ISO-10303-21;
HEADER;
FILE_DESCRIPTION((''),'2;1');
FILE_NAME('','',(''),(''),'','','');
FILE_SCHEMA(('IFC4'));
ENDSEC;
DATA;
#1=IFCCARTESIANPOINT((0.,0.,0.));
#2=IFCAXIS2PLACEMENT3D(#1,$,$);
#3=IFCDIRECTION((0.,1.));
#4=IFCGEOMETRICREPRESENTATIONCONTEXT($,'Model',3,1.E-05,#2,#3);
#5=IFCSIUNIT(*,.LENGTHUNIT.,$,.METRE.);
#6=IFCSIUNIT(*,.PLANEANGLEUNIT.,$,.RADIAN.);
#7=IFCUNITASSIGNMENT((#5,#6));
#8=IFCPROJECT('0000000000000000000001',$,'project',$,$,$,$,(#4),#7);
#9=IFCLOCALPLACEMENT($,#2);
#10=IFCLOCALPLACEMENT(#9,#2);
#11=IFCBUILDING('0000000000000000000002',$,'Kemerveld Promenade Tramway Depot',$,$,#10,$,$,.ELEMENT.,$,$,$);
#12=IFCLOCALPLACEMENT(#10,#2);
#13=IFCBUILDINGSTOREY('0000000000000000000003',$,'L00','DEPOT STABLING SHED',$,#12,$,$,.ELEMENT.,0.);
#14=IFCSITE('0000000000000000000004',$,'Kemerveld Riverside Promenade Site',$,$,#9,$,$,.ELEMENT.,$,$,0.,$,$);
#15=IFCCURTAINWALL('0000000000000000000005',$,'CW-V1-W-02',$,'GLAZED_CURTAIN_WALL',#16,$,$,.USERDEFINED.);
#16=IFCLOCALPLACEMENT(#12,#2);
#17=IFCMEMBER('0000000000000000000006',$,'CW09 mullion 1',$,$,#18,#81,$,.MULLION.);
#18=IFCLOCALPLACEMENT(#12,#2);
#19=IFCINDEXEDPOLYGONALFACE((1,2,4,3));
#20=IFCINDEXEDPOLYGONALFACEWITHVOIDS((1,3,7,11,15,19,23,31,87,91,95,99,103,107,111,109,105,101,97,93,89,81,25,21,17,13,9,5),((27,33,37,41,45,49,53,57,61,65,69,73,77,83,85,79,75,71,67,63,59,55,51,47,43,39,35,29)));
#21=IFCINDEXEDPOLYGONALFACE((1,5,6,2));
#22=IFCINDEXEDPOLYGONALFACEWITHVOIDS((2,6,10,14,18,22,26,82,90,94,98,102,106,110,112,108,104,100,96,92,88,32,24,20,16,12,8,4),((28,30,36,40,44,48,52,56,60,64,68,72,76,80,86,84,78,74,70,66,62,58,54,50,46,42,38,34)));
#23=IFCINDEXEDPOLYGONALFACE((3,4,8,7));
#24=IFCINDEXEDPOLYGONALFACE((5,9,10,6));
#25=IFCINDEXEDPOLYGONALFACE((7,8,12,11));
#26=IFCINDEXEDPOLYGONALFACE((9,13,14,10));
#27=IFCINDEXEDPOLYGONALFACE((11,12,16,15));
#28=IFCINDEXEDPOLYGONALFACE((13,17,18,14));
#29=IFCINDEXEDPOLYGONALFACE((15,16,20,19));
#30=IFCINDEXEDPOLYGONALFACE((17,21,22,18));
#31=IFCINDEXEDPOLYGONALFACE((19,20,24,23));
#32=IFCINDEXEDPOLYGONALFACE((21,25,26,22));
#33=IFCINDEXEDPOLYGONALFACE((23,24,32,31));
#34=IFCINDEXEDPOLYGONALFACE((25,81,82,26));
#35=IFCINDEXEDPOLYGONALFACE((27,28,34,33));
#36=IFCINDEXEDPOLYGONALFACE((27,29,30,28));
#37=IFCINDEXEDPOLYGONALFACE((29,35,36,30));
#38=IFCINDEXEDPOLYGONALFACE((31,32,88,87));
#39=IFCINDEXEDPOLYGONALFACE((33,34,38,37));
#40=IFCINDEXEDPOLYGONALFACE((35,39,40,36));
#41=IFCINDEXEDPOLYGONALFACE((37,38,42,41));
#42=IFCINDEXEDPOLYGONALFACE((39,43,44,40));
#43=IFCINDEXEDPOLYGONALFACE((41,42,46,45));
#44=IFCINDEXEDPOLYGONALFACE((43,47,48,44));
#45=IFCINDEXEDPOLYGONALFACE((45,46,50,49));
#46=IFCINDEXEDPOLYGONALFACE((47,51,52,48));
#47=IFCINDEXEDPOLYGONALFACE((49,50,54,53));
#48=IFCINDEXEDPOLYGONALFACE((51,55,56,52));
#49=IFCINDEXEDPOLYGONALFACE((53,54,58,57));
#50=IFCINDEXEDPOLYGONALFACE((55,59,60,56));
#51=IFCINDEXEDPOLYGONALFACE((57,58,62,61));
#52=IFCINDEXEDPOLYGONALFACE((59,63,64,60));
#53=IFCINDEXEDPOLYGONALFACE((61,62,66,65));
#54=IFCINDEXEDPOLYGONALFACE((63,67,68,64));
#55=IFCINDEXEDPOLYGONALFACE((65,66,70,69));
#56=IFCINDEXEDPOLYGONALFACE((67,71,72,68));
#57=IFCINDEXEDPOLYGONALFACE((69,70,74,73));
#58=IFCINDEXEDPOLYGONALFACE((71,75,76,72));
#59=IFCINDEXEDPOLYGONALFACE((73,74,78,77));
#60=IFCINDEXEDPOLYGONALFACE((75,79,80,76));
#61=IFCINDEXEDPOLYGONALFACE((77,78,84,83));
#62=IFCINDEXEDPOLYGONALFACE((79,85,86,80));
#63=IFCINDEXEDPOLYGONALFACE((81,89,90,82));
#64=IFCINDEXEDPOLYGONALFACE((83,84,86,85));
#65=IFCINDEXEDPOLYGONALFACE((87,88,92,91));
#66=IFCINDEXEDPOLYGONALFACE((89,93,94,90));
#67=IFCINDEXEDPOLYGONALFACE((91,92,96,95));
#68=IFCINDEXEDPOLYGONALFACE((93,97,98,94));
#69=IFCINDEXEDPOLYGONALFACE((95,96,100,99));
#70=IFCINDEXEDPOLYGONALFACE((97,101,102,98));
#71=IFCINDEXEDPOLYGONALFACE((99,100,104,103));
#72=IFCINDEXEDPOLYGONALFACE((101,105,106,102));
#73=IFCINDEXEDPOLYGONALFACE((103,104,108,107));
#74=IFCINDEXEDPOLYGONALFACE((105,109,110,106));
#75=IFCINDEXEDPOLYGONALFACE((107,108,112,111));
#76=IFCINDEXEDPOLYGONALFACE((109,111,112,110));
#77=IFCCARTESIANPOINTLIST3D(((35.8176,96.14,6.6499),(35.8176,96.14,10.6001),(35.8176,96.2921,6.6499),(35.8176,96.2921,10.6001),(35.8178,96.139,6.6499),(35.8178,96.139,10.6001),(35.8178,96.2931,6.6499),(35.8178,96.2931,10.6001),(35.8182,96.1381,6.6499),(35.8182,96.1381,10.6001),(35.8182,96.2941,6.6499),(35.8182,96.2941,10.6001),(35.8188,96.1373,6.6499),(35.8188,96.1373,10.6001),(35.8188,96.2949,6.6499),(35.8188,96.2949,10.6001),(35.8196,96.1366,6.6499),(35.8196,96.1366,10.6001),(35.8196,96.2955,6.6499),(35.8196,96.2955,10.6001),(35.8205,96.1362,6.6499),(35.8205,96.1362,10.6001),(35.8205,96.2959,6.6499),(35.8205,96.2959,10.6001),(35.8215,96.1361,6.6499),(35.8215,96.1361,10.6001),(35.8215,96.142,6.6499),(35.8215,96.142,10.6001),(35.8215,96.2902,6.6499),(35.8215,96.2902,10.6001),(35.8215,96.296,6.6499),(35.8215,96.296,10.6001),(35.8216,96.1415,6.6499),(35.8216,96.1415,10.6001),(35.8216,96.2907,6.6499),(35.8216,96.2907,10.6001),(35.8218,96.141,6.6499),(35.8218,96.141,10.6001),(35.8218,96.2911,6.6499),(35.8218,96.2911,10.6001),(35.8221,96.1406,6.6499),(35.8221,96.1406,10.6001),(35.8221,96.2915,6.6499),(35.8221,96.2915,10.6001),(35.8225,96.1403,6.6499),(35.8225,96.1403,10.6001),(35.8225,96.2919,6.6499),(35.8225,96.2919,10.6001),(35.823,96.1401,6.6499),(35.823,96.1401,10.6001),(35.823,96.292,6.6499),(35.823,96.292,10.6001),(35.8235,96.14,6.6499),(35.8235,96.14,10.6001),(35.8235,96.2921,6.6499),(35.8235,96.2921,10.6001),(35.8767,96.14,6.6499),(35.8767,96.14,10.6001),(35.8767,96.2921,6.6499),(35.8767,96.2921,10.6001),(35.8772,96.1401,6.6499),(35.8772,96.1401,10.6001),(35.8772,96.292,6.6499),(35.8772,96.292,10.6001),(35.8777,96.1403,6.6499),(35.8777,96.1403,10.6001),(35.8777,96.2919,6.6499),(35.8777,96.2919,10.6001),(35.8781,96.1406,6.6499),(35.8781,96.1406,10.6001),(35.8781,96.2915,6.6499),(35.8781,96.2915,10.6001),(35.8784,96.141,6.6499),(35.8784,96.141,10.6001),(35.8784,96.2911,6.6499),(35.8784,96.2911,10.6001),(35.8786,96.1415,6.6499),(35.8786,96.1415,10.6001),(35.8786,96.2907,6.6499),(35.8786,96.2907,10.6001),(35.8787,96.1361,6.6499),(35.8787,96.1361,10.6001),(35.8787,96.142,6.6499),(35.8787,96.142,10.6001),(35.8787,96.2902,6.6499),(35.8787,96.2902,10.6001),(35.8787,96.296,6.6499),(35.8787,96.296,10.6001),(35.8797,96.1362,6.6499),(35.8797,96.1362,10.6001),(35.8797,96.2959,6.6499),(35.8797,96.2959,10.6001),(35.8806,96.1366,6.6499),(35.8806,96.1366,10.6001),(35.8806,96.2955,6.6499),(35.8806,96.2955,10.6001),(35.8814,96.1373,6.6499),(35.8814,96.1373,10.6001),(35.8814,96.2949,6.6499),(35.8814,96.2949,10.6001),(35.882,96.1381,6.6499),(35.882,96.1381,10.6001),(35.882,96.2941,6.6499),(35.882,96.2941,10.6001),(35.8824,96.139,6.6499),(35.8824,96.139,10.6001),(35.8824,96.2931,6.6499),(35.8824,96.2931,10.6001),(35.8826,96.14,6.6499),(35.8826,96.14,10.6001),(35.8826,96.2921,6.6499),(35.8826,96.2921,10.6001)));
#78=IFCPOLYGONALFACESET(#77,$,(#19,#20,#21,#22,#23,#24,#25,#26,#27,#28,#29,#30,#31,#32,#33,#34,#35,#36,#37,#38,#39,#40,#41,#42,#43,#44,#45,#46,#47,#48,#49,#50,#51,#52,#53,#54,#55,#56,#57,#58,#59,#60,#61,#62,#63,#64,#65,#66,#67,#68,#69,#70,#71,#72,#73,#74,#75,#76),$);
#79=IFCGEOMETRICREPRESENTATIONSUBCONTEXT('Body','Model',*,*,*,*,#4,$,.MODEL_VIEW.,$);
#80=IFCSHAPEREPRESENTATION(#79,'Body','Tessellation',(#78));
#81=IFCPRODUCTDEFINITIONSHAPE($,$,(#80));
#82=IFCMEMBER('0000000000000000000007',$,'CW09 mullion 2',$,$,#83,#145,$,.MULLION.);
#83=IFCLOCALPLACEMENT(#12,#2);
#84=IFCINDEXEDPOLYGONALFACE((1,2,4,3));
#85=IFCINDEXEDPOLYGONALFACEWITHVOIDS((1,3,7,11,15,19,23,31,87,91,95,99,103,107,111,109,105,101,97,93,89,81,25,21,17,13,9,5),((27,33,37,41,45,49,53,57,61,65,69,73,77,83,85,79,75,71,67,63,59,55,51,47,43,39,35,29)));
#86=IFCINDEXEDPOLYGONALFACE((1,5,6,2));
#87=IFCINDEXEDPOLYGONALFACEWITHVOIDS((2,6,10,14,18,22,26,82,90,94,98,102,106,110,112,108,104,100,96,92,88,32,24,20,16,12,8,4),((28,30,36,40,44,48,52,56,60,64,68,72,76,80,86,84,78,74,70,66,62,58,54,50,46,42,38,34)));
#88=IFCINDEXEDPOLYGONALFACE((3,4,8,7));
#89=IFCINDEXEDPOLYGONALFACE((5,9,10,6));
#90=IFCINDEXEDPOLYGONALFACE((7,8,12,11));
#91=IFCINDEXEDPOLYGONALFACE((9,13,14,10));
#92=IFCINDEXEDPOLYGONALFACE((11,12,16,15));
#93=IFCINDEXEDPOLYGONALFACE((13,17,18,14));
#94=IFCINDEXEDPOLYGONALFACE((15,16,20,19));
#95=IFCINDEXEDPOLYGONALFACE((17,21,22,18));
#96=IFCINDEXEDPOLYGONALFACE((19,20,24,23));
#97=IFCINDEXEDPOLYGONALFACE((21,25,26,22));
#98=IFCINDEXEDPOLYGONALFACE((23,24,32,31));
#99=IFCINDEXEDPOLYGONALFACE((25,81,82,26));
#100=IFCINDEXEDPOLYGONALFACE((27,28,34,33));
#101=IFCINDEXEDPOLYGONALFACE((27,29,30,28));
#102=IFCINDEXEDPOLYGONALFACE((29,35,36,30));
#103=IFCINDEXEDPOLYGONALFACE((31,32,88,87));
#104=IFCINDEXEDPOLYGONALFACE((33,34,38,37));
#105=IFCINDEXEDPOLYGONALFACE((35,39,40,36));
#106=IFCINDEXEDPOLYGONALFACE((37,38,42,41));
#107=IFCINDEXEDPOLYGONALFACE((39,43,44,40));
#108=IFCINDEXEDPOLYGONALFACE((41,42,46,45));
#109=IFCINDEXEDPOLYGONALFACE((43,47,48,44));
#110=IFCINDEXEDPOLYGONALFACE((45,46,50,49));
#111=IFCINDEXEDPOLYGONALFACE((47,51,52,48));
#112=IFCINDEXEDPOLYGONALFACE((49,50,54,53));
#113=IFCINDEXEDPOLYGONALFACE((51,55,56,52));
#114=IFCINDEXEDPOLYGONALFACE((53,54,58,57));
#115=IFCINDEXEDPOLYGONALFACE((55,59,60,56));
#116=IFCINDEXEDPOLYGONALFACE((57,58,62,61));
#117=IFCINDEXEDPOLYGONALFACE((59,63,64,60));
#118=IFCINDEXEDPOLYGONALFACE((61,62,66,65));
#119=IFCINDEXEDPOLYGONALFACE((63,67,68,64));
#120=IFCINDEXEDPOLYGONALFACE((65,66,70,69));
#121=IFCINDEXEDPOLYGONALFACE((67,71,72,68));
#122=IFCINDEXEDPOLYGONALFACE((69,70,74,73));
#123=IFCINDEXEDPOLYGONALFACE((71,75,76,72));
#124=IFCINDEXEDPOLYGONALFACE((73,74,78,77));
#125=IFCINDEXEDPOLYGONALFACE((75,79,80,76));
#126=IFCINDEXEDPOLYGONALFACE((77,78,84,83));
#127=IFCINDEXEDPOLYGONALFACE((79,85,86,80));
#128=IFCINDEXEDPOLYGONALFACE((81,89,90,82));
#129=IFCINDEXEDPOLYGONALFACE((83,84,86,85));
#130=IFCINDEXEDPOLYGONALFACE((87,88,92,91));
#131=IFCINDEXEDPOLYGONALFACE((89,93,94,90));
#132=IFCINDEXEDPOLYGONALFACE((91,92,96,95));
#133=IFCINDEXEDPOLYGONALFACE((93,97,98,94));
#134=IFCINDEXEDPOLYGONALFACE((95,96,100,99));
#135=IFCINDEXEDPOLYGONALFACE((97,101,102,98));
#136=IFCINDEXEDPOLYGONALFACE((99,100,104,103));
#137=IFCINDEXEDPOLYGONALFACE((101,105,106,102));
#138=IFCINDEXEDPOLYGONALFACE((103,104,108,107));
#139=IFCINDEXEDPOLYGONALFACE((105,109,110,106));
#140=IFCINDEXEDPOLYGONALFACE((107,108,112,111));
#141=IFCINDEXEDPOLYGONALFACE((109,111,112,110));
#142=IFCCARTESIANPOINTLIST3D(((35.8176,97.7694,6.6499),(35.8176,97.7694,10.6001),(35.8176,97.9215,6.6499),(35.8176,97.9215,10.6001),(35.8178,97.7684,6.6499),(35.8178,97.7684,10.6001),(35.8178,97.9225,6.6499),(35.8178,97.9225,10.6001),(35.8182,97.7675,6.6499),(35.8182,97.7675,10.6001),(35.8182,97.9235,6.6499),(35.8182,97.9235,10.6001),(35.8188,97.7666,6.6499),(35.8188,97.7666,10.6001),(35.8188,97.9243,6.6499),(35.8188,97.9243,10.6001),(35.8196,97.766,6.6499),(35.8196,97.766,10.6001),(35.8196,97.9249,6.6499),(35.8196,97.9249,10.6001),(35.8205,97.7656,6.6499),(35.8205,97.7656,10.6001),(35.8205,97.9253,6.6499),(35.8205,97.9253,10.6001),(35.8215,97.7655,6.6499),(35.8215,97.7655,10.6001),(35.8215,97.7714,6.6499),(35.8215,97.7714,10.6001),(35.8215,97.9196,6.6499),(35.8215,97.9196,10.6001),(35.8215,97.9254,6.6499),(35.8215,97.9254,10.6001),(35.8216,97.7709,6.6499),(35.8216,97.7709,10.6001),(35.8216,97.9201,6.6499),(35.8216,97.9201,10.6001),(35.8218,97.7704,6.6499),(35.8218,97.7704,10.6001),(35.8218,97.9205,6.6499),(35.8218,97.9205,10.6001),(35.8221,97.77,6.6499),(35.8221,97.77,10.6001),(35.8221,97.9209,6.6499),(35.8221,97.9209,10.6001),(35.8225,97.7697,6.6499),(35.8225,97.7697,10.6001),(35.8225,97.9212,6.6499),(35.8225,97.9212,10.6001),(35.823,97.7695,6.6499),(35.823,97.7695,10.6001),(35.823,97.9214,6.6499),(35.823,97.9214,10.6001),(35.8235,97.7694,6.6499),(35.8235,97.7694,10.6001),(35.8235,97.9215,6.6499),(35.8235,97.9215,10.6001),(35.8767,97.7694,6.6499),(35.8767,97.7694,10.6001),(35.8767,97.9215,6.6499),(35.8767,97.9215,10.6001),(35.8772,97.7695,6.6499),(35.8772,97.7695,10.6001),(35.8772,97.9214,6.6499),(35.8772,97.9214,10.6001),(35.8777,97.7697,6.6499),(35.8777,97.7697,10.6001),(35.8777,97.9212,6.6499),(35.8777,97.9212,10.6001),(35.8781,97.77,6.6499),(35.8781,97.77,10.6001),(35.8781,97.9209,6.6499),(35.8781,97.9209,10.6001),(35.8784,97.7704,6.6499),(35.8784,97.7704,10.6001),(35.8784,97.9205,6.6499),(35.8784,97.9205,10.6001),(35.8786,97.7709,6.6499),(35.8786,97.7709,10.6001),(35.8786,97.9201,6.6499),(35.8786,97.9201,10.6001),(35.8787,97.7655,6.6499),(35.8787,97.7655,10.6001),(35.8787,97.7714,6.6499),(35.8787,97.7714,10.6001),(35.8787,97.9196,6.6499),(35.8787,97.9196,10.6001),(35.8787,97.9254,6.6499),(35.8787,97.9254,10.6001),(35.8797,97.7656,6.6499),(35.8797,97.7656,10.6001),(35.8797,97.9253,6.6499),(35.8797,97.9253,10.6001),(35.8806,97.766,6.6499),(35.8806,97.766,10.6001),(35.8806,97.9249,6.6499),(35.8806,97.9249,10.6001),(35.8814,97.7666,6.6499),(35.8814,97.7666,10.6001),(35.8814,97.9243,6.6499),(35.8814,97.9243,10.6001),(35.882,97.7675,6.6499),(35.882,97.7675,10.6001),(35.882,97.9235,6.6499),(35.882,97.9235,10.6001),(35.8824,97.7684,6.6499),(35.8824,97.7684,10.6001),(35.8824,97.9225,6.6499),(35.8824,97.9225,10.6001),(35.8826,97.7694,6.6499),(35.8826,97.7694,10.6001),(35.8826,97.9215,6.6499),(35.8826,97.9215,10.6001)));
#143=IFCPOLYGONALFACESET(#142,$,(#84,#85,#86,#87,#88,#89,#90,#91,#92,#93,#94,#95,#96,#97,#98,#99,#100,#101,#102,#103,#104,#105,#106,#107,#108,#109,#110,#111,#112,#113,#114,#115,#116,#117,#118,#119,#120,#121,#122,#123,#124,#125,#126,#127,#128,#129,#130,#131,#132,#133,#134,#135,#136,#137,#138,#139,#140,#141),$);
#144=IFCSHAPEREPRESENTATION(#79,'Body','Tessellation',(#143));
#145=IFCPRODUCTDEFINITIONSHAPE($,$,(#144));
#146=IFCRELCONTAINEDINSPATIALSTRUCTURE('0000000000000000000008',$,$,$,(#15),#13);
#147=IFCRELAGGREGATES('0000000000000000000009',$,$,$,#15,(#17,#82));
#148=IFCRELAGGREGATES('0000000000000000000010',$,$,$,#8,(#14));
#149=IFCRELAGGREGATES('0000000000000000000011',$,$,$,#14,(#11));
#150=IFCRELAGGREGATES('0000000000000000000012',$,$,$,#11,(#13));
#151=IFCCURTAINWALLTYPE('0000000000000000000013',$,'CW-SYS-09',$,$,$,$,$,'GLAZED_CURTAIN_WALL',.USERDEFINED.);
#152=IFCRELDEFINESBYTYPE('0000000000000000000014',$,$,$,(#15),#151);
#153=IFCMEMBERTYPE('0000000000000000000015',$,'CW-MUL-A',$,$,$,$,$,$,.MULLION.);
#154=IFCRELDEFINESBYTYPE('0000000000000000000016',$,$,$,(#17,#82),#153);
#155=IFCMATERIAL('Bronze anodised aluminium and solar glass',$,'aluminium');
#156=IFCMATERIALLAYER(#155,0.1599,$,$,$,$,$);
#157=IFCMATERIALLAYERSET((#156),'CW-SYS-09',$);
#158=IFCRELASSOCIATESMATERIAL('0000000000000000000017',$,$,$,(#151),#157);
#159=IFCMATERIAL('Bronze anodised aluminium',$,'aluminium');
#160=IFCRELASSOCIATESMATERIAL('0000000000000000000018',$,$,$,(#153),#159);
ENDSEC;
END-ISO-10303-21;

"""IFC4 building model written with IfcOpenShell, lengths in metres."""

from ifc_helpers import new_model, si_unit, direction, frame, origin, origin_2d, place, context, subcontext, project, spatial, hollow_rectangle, extrude, material, layer, layer_set, material_profile, profile_set, type_object, element, aggregate, save


model = new_model("IFC4")

# Units and contexts
model_context = context("Model", 3, precision=1e-05, world=origin(), true_north=direction((0.0, 1.0)))
body_context = subcontext(model_context, "Body", "Model", "MODEL_VIEW")
ifc_project = project(units=[si_unit("LENGTHUNIT", "METRE"), si_unit("PLANEANGLEUNIT", "RADIAN")], contexts=[model_context])

# Site, building, storey
site_placement = place(None, origin())
site = spatial("IfcSite", under=ifc_project, at=site_placement, Name="Kemerveld Riverside Promenade Site", CompositionType="ELEMENT", RefElevation=0.0)
building_placement = place(site_placement, origin())
building = spatial("IfcBuilding", under=site, at=building_placement, Name="Kemerveld Promenade Tramway Depot", CompositionType="ELEMENT")
storey_placement = place(building_placement, origin())
storey = spatial("IfcBuildingStorey", under=building, at=storey_placement, Name="L00", Description="DEPOT STABLING SHED", CompositionType="ELEMENT", Elevation=0.0)

# Curtain wall, members
ifc_material_1 = material(Name="Bronze anodised aluminium and solar glass", Category="aluminium")
ifc_layer_1 = layer(ifc_material_1, 0.1599)
ifc_layer_set_1 = layer_set([ifc_layer_1], Name="CW-SYS-09")
curtain_wall_type_1 = type_object("IfcCurtainWallType", Name="CW-SYS-09", ElementType="GLAZED_CURTAIN_WALL", PredefinedType="USERDEFINED", material=ifc_layer_set_1)
curtain_wall_1_placement = place(storey_placement, origin())
curtain_wall_1 = element("IfcCurtainWall", 1, at=curtain_wall_1_placement, inside=storey, type_object=curtain_wall_type_1, Name="CW-V1-W-02", ObjectType="GLAZED_CURTAIN_WALL", PredefinedType="USERDEFINED")
ifc_material_2 = material(Name="Bronze anodised aluminium", Category="aluminium")
ifc_material_profile_1 = material_profile(ifc_material_2, hollow_rectangle(XDim=0.0649, YDim=0.1599, WallThickness=0.0039, InnerFilletRadius=0.002, OuterFilletRadius=0.0039, at=origin_2d()), Name="CW-MUL-160x65")
ifc_profile_set_1 = profile_set([ifc_material_profile_1], Name="Bronze anodised aluminium")
member_type_1 = type_object("IfcMemberType", Name="CW-MUL-A", PredefinedType="MULLION", material=ifc_profile_set_1)
member_1_placement = place(storey_placement, frame((35.8501, 96.2161, 6.6499), z_axis=(0.0, 0.0, 1.0), x_axis=(-1.0, 0.0, 0.0)))
member_1 = element("IfcMember", 2, at=member_1_placement, type_object=member_type_1, Name="CW09 mullion 1", PredefinedType="MULLION", context=body_context, shape_type="SweptSolid", body=[
    extrude(hollow_rectangle(XDim=0.0649, YDim=0.1599, WallThickness=0.0039, InnerFilletRadius=0.002, OuterFilletRadius=0.0039, at=origin_2d()), origin(), (0.0, 0.0, 1.0), 3.9502),
])
member_2_placement = place(storey_placement, frame((35.8501, 97.8455, 6.6499), z_axis=(0.0, 0.0, 1.0), x_axis=(-1.0, 0.0, 0.0)))
member_2 = element("IfcMember", 3, at=member_2_placement, type_object=member_type_1, Name="CW09 mullion 2", PredefinedType="MULLION", context=body_context, shape_type="SweptSolid", body=[
    extrude(hollow_rectangle(XDim=0.0649, YDim=0.1599, WallThickness=0.0039, InnerFilletRadius=0.002, OuterFilletRadius=0.0039, at=origin_2d()), origin(), (0.0, 0.0, 1.0), 3.9502),
])

aggregate(curtain_wall_1, [member_1, member_2])

save(model, "model.ifc")
